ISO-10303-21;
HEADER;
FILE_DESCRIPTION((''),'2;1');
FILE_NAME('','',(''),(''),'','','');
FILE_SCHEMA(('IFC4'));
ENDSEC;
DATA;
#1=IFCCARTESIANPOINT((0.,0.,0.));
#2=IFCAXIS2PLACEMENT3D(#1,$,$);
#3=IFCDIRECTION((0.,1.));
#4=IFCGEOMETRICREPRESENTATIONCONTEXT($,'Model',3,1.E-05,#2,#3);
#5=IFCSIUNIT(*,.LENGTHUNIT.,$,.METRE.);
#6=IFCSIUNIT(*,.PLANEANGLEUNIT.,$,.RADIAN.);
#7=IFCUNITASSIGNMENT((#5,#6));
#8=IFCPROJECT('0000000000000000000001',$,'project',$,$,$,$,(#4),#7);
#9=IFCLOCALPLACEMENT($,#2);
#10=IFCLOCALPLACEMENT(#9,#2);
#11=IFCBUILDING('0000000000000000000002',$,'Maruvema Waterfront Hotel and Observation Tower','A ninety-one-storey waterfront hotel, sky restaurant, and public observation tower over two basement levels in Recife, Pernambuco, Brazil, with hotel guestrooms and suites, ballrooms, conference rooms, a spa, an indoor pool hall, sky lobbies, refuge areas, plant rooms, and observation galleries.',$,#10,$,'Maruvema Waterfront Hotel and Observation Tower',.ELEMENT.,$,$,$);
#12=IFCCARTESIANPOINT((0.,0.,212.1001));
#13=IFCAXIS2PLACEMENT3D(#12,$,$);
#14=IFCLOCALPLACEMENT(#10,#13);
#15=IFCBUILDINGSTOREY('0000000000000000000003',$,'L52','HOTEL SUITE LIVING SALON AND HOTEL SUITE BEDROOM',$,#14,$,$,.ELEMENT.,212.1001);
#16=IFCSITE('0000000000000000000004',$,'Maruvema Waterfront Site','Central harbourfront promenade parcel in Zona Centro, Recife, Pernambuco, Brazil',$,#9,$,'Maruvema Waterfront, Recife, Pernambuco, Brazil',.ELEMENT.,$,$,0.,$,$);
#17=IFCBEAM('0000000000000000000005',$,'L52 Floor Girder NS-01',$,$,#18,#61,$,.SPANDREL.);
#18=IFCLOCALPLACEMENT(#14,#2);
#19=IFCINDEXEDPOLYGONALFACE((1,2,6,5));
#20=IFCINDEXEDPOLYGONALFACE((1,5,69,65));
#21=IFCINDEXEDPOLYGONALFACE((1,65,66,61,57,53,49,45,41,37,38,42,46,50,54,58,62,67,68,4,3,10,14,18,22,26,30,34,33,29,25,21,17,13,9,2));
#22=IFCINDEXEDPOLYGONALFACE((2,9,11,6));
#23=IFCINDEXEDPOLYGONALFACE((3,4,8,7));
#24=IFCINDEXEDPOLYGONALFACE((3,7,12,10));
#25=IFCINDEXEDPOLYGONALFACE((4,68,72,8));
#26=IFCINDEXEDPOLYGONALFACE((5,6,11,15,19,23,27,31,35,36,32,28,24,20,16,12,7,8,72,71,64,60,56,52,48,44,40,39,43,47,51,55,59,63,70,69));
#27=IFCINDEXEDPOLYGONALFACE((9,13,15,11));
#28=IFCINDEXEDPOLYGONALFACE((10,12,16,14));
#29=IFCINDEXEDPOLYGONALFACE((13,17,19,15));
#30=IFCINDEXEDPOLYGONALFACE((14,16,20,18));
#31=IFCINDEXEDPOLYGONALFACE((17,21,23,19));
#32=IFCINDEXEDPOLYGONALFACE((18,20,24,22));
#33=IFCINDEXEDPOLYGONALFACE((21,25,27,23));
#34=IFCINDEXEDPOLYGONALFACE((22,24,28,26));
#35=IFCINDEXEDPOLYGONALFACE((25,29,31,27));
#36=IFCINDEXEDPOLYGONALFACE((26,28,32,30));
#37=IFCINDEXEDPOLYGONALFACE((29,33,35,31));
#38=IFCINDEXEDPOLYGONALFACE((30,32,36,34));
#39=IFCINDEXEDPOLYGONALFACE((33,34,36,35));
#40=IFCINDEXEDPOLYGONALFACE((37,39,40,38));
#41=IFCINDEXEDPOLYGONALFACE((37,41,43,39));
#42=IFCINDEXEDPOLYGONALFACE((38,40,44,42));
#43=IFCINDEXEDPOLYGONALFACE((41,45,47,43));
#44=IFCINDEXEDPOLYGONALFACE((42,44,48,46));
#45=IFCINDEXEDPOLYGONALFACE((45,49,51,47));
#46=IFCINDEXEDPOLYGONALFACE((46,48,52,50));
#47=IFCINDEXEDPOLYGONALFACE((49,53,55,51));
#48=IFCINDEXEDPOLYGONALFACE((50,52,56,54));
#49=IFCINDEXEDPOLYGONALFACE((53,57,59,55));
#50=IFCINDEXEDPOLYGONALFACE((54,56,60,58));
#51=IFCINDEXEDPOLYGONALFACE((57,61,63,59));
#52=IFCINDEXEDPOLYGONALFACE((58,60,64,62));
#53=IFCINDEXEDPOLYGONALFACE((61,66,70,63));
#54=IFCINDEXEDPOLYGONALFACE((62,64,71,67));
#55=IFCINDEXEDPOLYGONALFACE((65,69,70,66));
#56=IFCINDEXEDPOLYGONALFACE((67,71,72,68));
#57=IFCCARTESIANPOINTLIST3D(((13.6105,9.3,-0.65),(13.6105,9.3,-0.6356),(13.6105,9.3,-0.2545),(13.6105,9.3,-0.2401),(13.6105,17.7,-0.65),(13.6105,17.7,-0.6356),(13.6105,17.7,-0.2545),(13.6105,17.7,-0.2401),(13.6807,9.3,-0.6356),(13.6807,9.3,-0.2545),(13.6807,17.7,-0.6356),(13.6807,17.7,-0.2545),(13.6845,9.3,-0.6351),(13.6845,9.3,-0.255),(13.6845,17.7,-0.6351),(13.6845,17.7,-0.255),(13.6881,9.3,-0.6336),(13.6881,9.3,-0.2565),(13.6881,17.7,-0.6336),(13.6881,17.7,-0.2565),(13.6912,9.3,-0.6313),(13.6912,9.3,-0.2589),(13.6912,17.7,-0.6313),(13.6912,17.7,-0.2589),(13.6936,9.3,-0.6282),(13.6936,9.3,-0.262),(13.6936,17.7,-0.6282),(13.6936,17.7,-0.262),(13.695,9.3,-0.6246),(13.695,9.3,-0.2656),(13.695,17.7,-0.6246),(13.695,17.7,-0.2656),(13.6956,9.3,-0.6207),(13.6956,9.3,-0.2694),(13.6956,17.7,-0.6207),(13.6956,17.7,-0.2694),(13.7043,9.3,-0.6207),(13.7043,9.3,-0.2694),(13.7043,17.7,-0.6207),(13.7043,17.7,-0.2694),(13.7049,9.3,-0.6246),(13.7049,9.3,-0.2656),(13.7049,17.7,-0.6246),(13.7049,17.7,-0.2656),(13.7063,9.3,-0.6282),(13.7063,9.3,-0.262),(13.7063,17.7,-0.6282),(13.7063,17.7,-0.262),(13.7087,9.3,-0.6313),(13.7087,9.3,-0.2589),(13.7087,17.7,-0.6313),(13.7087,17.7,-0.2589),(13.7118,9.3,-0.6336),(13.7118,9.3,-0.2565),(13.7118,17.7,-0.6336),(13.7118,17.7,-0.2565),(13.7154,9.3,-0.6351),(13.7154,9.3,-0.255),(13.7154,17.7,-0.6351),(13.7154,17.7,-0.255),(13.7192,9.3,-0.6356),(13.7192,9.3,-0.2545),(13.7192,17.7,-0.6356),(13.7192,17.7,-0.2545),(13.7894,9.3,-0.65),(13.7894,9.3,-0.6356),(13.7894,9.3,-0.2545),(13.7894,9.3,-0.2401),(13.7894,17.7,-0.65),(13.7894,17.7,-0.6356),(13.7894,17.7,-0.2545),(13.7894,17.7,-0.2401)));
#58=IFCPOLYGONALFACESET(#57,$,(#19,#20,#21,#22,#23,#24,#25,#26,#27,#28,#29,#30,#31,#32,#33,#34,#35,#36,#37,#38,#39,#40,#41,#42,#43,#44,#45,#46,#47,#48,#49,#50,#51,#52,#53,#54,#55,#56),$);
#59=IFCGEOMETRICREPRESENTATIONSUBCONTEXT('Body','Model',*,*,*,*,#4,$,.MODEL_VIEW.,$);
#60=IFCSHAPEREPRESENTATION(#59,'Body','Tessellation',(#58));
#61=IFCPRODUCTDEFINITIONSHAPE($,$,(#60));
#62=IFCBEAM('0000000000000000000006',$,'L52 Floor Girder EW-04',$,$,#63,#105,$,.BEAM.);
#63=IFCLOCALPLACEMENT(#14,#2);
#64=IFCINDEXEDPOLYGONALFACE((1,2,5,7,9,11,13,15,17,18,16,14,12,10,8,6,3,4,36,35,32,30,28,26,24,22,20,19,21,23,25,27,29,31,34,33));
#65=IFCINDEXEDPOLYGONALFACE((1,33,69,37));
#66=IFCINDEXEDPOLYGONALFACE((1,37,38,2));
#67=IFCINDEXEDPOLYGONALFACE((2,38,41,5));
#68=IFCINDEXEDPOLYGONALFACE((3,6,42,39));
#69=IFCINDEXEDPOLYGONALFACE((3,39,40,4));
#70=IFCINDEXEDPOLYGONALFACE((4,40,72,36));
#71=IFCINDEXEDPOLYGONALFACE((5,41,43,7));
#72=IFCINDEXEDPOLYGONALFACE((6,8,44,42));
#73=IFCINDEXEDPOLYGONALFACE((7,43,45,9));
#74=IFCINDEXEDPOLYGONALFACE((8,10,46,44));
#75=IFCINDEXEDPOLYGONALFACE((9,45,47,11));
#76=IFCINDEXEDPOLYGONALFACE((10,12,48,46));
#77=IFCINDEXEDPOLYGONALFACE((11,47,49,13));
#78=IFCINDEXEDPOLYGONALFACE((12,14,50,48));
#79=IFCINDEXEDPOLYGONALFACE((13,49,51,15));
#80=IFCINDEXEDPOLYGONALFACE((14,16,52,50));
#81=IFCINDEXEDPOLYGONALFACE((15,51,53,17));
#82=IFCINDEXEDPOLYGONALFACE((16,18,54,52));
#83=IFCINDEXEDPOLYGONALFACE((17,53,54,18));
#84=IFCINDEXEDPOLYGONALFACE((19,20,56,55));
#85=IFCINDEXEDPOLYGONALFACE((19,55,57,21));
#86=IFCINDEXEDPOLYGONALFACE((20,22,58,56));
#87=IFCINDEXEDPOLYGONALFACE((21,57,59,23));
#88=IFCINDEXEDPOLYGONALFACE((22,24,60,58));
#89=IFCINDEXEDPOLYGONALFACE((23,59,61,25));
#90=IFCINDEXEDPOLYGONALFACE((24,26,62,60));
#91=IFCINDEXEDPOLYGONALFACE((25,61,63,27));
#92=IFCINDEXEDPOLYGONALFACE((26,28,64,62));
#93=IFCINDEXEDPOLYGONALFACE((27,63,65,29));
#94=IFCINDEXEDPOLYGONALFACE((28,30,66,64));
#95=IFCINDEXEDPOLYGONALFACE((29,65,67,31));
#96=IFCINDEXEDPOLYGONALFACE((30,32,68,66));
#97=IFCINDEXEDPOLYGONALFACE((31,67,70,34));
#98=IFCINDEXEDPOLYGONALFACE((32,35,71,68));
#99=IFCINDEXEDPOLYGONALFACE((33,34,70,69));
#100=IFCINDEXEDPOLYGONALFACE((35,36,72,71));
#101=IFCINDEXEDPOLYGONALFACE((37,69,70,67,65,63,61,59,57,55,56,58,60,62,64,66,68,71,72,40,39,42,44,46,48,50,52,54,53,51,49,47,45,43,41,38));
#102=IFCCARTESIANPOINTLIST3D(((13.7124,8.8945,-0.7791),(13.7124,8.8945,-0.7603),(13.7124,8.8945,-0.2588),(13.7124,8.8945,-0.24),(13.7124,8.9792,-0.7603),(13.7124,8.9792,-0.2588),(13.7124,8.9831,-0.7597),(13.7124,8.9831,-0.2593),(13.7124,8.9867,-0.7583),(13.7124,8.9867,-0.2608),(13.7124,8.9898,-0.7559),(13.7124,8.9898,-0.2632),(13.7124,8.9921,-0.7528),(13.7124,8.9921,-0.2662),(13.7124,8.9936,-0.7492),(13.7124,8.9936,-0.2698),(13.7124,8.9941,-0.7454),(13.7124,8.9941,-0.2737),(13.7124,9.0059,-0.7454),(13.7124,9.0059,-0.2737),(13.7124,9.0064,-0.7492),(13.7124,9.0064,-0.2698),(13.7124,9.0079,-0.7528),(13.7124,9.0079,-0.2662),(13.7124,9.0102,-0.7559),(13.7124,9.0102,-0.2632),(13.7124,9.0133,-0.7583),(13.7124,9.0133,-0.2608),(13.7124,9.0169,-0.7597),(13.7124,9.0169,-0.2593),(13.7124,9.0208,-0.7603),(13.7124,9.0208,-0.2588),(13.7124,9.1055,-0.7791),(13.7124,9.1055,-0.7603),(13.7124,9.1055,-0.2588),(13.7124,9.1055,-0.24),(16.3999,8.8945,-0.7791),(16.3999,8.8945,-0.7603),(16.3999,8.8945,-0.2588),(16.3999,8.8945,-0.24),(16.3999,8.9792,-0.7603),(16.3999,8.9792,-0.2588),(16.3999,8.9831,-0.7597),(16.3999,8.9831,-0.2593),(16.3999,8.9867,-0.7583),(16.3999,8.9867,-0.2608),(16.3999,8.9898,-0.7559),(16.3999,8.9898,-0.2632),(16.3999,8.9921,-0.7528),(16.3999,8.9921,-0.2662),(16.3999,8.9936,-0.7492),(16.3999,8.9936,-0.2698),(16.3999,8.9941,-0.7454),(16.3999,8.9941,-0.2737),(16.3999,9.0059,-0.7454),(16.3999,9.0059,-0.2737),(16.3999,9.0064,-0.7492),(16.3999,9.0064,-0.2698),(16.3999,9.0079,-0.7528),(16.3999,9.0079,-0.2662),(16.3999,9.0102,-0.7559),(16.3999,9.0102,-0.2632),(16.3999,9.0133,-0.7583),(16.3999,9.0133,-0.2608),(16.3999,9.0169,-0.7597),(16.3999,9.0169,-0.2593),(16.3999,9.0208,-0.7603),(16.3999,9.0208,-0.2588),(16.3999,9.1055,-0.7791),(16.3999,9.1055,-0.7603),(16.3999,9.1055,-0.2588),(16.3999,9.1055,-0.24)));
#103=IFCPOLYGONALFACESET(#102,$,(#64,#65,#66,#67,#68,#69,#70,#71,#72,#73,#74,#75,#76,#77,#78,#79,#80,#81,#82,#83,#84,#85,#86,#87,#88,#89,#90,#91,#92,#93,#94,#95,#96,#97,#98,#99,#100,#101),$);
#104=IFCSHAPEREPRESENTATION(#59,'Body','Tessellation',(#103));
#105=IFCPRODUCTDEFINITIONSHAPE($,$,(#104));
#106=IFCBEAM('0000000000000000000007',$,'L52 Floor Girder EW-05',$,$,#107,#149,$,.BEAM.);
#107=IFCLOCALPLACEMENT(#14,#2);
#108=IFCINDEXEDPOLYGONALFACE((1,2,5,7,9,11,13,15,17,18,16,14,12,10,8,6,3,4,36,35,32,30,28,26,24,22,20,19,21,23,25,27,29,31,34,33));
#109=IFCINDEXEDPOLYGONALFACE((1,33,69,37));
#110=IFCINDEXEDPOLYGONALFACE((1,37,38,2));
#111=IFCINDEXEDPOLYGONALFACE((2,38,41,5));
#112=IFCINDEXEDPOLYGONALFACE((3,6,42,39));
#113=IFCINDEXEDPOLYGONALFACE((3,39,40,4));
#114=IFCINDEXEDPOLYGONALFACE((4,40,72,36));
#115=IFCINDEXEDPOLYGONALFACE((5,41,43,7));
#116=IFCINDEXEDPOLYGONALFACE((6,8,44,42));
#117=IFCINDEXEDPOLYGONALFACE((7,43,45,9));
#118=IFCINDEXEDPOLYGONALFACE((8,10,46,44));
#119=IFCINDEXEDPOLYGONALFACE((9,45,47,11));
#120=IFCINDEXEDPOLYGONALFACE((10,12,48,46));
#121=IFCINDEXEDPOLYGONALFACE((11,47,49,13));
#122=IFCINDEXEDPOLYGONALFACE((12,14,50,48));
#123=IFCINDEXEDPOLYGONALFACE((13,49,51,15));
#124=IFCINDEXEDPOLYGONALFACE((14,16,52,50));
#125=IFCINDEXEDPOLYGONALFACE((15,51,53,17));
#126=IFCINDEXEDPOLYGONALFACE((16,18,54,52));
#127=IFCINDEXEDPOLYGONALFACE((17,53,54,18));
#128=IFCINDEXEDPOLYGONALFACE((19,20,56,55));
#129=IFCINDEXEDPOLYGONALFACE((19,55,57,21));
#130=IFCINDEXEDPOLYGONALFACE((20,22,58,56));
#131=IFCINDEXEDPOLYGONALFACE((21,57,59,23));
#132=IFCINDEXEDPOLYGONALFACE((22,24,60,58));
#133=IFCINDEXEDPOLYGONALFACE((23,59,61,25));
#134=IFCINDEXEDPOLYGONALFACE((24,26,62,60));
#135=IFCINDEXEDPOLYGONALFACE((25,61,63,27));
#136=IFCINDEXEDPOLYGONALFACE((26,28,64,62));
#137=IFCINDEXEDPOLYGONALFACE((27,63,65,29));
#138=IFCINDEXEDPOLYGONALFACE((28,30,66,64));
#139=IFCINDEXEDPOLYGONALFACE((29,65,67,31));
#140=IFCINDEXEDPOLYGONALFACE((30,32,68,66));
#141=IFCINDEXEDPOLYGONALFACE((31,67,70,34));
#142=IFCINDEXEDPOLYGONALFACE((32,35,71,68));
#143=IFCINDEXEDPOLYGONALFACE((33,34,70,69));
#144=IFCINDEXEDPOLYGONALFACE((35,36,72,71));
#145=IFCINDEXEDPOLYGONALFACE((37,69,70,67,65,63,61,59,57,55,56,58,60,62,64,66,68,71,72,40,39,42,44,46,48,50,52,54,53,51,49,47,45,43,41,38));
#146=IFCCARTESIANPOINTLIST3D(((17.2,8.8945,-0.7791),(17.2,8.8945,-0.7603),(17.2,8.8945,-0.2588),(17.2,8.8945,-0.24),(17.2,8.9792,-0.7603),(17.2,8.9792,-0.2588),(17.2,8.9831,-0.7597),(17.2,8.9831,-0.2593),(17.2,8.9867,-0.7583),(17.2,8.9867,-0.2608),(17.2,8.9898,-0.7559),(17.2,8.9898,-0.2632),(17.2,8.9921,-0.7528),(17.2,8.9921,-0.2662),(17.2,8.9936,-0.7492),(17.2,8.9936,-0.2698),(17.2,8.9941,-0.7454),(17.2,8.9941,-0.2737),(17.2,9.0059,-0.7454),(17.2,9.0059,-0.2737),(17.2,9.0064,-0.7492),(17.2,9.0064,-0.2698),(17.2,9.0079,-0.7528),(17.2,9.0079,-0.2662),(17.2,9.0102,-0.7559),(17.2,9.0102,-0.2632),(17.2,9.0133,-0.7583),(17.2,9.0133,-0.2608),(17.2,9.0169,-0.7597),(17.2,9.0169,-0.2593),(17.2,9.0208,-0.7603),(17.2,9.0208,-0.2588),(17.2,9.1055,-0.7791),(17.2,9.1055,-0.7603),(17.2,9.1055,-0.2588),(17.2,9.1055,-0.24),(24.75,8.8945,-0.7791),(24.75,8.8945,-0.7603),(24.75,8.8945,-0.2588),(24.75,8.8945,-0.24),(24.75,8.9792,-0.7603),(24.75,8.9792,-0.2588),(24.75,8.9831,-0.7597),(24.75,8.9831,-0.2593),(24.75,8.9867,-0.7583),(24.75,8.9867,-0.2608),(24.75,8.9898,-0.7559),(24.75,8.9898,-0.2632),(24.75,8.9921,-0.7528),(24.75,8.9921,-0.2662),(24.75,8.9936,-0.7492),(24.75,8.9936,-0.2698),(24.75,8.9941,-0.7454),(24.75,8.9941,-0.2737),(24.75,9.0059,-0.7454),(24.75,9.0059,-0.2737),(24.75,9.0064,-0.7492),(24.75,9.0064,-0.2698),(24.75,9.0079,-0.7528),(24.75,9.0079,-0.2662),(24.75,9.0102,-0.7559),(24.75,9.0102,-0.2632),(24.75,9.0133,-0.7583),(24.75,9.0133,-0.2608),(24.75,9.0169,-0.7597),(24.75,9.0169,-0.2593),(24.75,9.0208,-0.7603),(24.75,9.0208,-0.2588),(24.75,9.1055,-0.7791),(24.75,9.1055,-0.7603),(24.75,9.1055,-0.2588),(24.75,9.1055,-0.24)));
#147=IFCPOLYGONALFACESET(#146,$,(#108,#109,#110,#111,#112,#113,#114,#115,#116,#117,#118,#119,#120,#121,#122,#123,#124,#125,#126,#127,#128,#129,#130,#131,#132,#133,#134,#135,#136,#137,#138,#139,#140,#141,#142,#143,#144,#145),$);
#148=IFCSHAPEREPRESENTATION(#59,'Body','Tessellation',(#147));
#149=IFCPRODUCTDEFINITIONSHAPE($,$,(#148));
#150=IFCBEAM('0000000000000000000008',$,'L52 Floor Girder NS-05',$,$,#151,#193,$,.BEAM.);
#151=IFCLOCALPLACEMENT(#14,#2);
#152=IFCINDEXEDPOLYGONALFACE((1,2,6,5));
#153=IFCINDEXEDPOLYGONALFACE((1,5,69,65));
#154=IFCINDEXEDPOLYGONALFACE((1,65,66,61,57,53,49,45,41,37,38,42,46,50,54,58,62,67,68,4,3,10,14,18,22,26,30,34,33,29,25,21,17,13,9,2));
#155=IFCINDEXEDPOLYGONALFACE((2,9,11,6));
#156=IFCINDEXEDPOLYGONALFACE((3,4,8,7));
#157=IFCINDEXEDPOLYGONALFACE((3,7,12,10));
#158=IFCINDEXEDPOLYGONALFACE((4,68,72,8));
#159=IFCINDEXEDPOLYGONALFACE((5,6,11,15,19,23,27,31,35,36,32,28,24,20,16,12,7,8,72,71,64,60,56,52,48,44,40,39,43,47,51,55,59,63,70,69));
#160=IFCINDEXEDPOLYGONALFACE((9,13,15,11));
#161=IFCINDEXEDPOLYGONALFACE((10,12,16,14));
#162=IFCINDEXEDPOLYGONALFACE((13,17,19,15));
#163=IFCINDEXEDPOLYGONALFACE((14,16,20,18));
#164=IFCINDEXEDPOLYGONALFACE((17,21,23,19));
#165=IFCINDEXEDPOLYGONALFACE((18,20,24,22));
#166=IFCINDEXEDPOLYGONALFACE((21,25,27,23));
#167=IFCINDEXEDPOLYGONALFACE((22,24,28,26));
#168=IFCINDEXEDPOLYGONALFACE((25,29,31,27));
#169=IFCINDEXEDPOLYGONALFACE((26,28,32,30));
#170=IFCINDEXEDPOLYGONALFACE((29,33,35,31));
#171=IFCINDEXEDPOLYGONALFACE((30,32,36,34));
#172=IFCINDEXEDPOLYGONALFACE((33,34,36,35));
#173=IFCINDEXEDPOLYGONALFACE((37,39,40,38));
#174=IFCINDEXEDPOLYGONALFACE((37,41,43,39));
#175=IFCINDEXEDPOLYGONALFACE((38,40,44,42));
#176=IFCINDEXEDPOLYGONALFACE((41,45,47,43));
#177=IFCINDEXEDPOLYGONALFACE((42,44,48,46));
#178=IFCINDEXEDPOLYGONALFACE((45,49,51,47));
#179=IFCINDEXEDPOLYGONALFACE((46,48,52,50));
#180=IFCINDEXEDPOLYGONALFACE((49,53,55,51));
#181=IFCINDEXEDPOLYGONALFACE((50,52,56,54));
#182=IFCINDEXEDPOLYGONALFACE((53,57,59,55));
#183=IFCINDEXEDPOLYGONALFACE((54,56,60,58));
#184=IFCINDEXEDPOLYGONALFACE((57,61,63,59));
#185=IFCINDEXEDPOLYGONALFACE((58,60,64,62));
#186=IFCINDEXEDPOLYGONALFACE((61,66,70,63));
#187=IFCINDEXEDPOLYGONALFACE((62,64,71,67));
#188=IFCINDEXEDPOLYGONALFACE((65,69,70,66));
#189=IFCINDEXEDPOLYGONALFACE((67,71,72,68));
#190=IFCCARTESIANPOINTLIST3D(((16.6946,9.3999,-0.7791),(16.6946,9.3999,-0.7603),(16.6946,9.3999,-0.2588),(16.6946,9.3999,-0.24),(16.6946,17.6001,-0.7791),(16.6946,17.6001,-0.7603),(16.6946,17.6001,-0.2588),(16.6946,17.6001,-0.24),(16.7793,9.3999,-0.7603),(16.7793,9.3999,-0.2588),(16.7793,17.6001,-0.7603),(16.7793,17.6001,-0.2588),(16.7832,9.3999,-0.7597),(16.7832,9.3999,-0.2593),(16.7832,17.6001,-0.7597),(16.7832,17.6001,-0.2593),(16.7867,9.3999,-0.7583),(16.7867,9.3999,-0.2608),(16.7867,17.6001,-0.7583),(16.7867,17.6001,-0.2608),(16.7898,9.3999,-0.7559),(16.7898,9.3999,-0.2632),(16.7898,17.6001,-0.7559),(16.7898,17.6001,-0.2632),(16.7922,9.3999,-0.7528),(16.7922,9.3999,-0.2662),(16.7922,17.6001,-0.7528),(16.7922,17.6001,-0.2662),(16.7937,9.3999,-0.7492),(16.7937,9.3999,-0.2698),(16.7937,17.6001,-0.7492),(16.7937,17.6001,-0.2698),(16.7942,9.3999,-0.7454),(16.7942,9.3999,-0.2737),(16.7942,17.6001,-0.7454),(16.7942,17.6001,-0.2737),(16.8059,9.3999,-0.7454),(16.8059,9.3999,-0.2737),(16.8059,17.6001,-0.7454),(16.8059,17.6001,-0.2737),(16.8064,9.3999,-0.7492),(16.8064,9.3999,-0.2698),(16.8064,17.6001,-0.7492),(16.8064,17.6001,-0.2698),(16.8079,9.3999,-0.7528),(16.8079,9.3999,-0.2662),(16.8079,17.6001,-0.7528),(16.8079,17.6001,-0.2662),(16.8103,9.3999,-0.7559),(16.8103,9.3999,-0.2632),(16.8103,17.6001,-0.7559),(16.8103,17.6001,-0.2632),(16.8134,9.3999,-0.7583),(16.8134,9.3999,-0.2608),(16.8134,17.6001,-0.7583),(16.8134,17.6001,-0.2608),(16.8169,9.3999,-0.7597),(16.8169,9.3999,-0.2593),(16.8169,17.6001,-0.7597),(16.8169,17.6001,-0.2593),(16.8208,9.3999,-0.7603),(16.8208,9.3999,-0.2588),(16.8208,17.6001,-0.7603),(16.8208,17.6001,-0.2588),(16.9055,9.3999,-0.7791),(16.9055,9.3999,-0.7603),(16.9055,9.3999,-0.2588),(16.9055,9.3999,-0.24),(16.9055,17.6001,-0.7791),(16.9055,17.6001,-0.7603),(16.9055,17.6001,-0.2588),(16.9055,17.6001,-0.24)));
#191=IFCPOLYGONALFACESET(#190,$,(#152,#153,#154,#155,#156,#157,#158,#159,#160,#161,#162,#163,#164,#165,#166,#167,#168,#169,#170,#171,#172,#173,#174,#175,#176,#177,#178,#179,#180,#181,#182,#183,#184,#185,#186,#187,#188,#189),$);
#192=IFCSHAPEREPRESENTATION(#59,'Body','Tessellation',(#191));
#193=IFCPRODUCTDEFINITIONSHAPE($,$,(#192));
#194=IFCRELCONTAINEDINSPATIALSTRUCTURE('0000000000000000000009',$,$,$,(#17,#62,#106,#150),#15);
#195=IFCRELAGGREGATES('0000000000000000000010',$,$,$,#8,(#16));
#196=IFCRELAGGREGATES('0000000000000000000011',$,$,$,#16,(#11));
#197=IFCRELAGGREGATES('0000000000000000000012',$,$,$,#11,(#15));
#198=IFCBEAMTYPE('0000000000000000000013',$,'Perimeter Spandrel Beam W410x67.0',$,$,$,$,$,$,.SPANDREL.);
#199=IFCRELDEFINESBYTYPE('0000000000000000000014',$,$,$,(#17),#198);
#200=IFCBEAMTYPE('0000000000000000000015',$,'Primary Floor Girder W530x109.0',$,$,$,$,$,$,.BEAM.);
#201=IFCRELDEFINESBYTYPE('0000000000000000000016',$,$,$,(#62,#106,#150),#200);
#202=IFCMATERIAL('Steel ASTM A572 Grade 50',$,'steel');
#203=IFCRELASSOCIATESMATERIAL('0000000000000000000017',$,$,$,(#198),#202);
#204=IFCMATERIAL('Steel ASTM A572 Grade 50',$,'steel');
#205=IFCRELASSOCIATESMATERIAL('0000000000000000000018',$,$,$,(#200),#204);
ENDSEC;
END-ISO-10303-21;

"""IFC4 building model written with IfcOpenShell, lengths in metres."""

from ifc_helpers import new_model, si_unit, direction, frame, origin, origin_2d, place, context, subcontext, project, spatial, i_section, extrude, material, material_profile, profile_set, type_object, element, save


model = new_model("IFC4")

# Units and contexts
model_context = context("Model", 3, precision=1e-05, world=origin(), true_north=direction((0.0, 1.0)))
body_context = subcontext(model_context, "Body", "Model", "MODEL_VIEW")
ifc_project = project(units=[si_unit("LENGTHUNIT", "METRE"), si_unit("PLANEANGLEUNIT", "RADIAN")], contexts=[model_context])

# Site, building, storey
site_placement = place(None, origin())
site = spatial("IfcSite", under=ifc_project, at=site_placement, Name="Maruvema Waterfront Site", Description="Central harbourfront promenade parcel in Zona Centro, Recife, Pernambuco, Brazil", LongName="Maruvema Waterfront, Recife, Pernambuco, Brazil", CompositionType="ELEMENT", RefElevation=0.0)
building_placement = place(site_placement, origin())
building = spatial("IfcBuilding", under=site, at=building_placement, Name="Maruvema Waterfront Hotel and Observation Tower", Description="A ninety-one-storey waterfront hotel, sky restaurant, and public observation tower over two basement levels in Recife, Pernambuco, Brazil, with hotel guestrooms and suites, ballrooms, conference rooms, a spa, an indoor pool hall, sky lobbies, refuge areas, plant rooms, and observation galleries.", LongName="Maruvema Waterfront Hotel and Observation Tower", CompositionType="ELEMENT")
storey_placement = place(building_placement, frame((0.0, 0.0, 212.1001)))
storey = spatial("IfcBuildingStorey", under=building, at=storey_placement, Name="L52", Description="HOTEL SUITE LIVING SALON AND HOTEL SUITE BEDROOM", CompositionType="ELEMENT", Elevation=212.1001)

# Beams
ifc_material_1 = material(Name="Steel ASTM A572 Grade 50", Category="steel")
ifc_material_profile_1 = material_profile(ifc_material_1, i_section(OverallWidth=0.179, OverallDepth=0.4099, WebThickness=0.0088, FlangeThickness=0.0144, FilletRadius=0.0149, at=origin_2d()), Name="W410x67.0")
ifc_profile_set_1 = profile_set([ifc_material_profile_1], Name="Steel ASTM A572 Grade 50")
beam_type_1 = type_object("IfcBeamType", Name="Perimeter Spandrel Beam W410x67.0", PredefinedType="SPANDREL", material=ifc_profile_set_1)
beam_1_placement = place(storey_placement, frame((13.7, 9.3, -0.4451), z_axis=(0.0, 1.0, 0.0), x_axis=(-1.0, 0.0, 0.0)))
element("IfcBeam", 1, at=beam_1_placement, inside=storey, type_object=beam_type_1, Name="L52 Floor Girder NS-01", PredefinedType="SPANDREL", context=body_context, shape_type="SweptSolid", body=[
    extrude(i_section(OverallWidth=0.179, OverallDepth=0.4099, WebThickness=0.0088, FlangeThickness=0.0144, FilletRadius=0.0149, at=origin_2d()), origin(), (0.0, 0.0, 1.0), 8.3999),
])
ifc_material_2 = material(Name="Steel ASTM A572 Grade 50", Category="steel")
ifc_material_profile_2 = material_profile(ifc_material_2, i_section(OverallWidth=0.2109, OverallDepth=0.5391, WebThickness=0.0117, FlangeThickness=0.0188, FilletRadius=0.0149, at=origin_2d()), Name="W530x109.0")
ifc_profile_set_2 = profile_set([ifc_material_profile_2], Name="Steel ASTM A572 Grade 50")
beam_type_2 = type_object("IfcBeamType", Name="Primary Floor Girder W530x109.0", PredefinedType="BEAM", material=ifc_profile_set_2)
beam_2_placement = place(storey_placement, frame((13.7124, 9.0, -0.5095), z_axis=(1.0, 0.0, 0.0), x_axis=(0.0, 1.0, 0.0)))
element("IfcBeam", 2, at=beam_2_placement, inside=storey, type_object=beam_type_2, Name="L52 Floor Girder EW-04", PredefinedType="BEAM", context=body_context, shape_type="SweptSolid", body=[
    extrude(i_section(OverallWidth=0.2109, OverallDepth=0.5391, WebThickness=0.0117, FlangeThickness=0.0188, FilletRadius=0.0149, at=origin_2d()), origin(), (0.0, 0.0, 1.0), 2.6875),
])
beam_3_placement = place(storey_placement, frame((17.2, 9.0, -0.5095), z_axis=(1.0, 0.0, 0.0), x_axis=(0.0, 1.0, 0.0)))
element("IfcBeam", 3, at=beam_3_placement, inside=storey, type_object=beam_type_2, Name="L52 Floor Girder EW-05", PredefinedType="BEAM", context=body_context, shape_type="SweptSolid", body=[
    extrude(i_section(OverallWidth=0.2109, OverallDepth=0.5391, WebThickness=0.0117, FlangeThickness=0.0188, FilletRadius=0.0149, at=origin_2d()), origin(), (0.0, 0.0, 1.0), 7.55),
])
beam_4_placement = place(storey_placement, frame((16.8, 9.3999, -0.5095), z_axis=(0.0, 1.0, 0.0), x_axis=(-1.0, 0.0, 0.0)))
element("IfcBeam", 4, at=beam_4_placement, inside=storey, type_object=beam_type_2, Name="L52 Floor Girder NS-05", PredefinedType="BEAM", context=body_context, shape_type="SweptSolid", body=[
    extrude(i_section(OverallWidth=0.2109, OverallDepth=0.5391, WebThickness=0.0117, FlangeThickness=0.0188, FilletRadius=0.0149, at=origin_2d()), origin(), (0.0, 0.0, 1.0), 8.2002),
])

save(model, "model.ifc")
